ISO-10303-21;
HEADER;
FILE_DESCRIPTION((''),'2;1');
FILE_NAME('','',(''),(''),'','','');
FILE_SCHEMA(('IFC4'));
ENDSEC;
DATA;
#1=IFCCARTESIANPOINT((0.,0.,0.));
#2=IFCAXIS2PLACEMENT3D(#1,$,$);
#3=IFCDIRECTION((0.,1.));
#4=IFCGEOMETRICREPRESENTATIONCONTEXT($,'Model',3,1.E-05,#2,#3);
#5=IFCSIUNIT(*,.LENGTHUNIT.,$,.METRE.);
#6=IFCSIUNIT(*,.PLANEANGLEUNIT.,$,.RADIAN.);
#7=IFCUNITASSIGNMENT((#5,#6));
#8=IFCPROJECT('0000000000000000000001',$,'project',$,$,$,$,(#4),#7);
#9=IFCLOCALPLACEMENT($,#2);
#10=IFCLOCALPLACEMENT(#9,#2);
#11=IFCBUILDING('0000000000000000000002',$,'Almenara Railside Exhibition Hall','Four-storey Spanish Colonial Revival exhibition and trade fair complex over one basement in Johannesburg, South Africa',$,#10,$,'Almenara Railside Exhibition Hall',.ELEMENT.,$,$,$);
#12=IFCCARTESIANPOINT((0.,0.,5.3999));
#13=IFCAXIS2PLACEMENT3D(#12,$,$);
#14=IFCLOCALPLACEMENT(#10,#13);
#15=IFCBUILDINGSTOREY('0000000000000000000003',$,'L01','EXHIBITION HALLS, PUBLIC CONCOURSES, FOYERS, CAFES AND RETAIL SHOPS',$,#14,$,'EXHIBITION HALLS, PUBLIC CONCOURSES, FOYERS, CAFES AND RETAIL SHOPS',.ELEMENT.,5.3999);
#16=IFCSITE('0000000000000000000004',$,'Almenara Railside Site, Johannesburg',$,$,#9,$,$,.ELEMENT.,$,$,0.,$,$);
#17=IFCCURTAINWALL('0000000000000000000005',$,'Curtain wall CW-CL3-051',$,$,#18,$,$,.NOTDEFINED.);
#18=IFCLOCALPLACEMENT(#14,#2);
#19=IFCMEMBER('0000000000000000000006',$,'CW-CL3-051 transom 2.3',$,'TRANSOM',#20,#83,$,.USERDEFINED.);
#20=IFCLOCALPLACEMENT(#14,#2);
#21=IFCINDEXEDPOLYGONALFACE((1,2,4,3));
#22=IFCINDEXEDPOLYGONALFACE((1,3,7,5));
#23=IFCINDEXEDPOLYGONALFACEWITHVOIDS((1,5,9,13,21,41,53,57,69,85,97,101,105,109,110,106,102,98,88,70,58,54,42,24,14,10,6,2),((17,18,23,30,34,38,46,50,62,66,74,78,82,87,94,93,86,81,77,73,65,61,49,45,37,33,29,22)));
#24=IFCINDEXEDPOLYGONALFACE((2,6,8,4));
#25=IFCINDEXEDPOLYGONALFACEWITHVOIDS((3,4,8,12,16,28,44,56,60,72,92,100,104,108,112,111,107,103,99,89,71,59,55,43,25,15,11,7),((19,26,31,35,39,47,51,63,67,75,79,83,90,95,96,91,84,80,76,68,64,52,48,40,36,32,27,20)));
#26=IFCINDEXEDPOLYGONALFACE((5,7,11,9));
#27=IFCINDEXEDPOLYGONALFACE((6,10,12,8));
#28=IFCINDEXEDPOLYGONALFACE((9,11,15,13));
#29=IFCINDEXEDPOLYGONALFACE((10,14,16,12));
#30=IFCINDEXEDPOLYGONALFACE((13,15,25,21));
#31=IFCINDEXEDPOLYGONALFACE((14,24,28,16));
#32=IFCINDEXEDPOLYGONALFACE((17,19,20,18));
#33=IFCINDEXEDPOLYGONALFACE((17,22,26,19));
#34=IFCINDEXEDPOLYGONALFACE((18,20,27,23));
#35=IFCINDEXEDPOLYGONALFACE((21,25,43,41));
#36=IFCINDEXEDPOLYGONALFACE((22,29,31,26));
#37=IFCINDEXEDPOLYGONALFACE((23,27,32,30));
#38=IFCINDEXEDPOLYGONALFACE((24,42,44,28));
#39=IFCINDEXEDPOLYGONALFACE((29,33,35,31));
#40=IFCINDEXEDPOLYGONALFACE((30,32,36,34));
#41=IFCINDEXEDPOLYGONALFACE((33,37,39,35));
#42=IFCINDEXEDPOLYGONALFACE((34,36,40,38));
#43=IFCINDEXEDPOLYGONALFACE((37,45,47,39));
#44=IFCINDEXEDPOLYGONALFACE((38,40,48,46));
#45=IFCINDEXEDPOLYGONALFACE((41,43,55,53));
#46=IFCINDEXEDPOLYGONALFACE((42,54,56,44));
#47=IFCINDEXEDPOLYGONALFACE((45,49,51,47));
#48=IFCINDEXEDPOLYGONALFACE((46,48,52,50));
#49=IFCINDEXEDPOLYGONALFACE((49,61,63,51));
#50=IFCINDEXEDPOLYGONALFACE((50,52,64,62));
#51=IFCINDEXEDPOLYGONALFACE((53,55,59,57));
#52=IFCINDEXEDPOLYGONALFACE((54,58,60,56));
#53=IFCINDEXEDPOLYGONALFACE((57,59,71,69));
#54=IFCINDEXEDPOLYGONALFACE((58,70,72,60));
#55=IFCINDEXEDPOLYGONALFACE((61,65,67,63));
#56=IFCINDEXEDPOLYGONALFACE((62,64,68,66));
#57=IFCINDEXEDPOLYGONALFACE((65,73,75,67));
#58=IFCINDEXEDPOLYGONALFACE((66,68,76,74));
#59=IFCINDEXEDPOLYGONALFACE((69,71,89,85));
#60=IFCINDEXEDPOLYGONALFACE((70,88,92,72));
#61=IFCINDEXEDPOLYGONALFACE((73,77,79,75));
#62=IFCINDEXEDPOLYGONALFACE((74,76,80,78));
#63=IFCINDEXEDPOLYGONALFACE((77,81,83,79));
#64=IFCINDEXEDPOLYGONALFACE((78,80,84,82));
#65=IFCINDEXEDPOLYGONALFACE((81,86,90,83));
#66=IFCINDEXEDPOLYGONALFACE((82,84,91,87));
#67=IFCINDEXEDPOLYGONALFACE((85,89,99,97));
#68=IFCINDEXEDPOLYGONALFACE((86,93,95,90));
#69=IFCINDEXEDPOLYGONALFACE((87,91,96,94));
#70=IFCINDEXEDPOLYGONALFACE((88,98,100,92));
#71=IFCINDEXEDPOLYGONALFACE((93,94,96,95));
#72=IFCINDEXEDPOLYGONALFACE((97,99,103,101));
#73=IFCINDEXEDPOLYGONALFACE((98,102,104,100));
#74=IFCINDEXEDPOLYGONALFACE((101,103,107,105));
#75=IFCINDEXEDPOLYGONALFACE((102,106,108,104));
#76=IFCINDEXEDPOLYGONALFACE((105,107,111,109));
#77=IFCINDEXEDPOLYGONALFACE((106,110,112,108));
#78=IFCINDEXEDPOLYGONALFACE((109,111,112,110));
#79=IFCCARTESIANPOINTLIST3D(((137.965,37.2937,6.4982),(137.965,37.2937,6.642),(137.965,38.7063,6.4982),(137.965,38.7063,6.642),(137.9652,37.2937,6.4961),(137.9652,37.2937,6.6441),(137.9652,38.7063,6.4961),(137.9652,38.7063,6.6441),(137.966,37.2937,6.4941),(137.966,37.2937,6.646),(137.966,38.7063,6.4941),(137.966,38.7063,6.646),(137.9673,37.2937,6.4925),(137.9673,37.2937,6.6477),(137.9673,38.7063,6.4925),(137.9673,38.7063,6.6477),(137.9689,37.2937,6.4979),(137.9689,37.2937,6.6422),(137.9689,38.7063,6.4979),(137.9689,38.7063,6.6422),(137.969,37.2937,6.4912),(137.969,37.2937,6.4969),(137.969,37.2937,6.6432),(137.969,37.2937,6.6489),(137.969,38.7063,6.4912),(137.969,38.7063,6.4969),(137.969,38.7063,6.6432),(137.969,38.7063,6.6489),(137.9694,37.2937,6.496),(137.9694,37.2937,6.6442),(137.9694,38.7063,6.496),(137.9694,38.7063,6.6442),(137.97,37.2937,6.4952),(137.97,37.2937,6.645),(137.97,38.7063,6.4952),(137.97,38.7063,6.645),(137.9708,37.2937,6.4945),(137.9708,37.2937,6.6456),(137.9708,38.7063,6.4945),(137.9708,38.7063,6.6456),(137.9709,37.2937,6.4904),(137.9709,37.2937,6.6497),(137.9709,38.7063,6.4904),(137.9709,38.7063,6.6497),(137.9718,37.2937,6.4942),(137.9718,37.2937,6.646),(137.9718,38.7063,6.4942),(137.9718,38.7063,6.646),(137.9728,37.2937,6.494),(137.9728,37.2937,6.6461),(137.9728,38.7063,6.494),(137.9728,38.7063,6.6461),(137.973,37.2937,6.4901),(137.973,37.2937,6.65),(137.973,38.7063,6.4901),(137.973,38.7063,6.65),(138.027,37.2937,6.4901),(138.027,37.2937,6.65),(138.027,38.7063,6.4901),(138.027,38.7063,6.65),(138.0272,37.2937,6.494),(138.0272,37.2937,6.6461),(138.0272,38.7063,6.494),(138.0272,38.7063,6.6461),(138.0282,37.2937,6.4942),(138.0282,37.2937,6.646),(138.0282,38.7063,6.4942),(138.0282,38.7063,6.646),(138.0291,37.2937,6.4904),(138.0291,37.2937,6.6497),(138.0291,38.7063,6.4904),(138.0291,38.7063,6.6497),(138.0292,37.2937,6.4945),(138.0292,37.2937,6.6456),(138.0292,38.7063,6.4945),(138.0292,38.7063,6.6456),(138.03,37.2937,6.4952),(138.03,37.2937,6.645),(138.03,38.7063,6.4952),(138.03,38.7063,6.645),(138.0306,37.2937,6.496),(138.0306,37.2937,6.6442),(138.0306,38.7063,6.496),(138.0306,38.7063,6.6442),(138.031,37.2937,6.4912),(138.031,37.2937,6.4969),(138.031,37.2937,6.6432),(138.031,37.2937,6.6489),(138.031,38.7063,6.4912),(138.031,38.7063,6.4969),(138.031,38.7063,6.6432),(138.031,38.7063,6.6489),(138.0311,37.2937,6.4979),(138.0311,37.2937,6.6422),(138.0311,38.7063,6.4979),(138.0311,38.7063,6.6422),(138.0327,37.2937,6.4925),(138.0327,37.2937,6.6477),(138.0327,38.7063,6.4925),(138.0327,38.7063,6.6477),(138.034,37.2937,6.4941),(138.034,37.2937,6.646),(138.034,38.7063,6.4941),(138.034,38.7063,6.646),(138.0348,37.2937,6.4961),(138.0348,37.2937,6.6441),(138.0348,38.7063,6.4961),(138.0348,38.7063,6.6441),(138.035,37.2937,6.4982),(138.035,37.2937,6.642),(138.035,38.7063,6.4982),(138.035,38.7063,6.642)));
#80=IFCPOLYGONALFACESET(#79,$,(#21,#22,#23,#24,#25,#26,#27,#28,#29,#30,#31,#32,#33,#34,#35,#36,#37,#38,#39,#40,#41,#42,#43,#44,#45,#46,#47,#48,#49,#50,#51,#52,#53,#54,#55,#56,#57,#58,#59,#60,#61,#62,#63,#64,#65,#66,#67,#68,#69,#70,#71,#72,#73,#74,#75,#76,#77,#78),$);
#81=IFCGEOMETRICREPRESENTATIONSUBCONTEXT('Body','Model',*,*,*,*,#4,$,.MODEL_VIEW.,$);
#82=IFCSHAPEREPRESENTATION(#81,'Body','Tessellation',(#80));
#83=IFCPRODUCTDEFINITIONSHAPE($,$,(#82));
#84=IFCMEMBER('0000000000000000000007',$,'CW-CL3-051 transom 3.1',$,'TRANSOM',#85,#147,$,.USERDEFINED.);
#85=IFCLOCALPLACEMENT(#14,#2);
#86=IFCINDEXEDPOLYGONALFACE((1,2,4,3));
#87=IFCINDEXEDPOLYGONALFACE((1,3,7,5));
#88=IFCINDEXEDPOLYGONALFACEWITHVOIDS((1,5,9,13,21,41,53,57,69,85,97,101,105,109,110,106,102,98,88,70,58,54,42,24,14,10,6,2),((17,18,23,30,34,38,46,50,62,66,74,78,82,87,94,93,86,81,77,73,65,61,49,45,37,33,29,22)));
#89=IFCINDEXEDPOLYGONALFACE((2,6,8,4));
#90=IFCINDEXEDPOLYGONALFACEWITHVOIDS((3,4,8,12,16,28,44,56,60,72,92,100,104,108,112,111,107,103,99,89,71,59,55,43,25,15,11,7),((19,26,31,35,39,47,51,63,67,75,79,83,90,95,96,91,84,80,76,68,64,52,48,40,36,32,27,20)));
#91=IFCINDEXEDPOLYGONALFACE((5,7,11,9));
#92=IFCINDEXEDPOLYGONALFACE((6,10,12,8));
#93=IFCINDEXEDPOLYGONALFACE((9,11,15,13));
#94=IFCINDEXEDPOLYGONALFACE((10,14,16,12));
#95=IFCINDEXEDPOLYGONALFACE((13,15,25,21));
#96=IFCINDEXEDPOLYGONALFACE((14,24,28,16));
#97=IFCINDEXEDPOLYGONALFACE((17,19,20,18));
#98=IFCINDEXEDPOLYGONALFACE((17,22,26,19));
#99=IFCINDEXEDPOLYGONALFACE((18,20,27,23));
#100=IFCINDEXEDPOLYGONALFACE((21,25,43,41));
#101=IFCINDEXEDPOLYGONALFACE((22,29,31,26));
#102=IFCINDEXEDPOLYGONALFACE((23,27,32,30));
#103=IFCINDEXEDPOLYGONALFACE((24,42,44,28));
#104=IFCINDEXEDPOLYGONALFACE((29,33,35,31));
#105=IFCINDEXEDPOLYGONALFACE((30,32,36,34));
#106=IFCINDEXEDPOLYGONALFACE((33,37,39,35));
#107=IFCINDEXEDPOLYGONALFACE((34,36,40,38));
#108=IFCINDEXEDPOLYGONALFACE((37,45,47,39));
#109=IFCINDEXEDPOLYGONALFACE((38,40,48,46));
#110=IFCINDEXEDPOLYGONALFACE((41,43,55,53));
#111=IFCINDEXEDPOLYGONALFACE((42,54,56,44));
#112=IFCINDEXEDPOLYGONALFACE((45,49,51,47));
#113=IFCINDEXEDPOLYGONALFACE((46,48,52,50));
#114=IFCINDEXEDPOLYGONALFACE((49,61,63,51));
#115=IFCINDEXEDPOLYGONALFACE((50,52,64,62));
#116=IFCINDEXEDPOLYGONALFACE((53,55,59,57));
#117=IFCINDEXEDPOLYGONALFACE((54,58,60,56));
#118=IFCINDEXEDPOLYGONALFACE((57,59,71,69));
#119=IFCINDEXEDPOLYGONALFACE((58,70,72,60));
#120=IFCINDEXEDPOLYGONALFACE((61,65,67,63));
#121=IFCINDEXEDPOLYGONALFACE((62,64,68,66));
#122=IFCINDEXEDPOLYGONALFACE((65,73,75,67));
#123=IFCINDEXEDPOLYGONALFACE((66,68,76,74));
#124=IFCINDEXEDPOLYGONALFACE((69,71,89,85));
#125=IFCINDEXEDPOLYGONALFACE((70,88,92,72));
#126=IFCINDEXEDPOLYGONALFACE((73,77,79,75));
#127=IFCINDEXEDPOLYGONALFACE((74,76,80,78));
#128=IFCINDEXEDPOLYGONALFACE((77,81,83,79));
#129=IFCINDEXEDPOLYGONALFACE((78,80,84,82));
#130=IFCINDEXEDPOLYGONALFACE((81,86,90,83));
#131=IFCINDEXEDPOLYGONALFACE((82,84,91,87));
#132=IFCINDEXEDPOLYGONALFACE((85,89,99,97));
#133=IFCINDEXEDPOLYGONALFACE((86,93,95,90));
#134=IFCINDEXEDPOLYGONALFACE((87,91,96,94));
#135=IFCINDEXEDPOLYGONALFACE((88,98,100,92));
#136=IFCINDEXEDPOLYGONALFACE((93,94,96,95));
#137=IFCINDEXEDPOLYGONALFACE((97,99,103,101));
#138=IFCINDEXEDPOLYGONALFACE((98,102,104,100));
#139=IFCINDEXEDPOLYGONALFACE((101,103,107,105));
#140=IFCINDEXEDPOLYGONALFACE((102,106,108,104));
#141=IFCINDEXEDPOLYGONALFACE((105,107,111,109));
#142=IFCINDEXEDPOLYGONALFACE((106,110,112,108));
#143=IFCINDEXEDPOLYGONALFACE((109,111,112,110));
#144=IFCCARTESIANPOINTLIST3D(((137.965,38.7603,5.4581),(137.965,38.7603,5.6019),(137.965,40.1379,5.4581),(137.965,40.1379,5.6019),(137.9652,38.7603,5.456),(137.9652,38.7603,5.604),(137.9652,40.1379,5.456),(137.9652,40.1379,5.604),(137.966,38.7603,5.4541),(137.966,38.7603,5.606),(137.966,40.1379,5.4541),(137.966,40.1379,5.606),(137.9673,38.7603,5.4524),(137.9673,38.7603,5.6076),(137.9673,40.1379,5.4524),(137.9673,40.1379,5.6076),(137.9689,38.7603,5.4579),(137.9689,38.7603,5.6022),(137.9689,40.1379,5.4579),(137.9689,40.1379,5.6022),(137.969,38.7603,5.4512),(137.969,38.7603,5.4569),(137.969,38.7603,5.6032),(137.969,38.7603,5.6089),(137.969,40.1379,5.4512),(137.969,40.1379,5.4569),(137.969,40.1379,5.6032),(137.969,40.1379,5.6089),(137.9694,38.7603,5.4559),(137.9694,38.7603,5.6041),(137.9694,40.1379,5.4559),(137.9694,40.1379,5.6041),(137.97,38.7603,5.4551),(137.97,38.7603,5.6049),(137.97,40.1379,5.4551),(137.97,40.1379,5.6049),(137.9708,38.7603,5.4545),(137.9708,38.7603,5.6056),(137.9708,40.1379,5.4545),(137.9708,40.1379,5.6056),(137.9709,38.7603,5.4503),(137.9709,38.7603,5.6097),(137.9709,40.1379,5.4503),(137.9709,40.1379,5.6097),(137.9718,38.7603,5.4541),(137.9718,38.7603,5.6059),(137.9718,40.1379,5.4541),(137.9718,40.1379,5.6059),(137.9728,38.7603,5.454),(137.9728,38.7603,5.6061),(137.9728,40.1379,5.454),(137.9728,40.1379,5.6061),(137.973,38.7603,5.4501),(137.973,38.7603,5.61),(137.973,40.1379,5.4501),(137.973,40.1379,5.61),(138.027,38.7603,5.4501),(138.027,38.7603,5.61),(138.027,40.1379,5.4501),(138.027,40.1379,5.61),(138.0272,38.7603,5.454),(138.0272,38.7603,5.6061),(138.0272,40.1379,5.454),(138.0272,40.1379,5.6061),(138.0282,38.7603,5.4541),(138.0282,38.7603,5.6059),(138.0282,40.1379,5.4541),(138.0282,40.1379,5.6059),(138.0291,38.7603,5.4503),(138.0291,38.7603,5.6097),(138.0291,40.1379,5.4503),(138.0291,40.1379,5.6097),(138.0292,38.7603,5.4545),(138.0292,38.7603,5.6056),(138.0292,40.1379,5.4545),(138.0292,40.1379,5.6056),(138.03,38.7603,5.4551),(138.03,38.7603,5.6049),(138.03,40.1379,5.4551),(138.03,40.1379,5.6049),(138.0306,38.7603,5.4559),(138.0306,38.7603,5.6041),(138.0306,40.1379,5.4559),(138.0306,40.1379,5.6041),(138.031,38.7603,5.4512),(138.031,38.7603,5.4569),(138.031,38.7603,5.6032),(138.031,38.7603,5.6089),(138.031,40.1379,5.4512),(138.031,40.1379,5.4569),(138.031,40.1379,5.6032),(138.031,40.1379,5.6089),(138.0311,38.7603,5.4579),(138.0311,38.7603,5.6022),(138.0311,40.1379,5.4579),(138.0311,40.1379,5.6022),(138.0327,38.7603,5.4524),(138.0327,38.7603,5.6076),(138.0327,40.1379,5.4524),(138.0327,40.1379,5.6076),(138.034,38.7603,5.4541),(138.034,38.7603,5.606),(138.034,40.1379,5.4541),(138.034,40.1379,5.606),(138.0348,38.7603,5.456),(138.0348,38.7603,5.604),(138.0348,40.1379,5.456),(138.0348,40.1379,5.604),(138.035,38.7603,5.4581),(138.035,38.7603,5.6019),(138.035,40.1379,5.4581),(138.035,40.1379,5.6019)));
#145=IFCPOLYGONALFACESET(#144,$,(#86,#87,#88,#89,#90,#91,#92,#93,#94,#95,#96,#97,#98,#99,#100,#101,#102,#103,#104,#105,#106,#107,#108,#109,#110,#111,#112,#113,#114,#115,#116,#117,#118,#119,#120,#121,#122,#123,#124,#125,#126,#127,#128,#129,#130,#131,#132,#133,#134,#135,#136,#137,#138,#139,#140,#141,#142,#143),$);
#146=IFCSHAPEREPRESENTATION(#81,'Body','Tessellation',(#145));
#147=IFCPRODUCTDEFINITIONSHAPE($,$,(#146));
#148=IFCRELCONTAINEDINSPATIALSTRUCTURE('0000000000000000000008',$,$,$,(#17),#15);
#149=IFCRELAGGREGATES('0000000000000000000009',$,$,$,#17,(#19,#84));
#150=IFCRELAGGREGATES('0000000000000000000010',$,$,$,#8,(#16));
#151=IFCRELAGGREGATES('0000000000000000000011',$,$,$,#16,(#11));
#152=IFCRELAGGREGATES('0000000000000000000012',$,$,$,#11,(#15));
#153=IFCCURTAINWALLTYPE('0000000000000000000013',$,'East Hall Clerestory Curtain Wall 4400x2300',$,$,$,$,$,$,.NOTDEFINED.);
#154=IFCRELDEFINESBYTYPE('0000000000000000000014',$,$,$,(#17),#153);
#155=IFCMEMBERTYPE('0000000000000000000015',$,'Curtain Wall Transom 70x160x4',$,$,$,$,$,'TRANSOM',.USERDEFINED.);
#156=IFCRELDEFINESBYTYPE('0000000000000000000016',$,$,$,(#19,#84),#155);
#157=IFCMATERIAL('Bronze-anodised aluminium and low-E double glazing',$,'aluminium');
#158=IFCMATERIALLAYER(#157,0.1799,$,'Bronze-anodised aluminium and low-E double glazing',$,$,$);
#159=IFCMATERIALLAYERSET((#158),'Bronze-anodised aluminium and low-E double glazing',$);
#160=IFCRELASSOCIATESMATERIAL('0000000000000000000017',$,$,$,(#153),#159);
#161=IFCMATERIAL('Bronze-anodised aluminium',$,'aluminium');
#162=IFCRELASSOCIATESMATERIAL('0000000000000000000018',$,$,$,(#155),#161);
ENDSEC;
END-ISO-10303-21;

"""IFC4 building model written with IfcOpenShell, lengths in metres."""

from ifc_helpers import new_model, si_unit, direction, frame, origin, origin_2d, place, context, subcontext, project, spatial, hollow_rectangle, extrude, material, layer, layer_set, material_profile, profile_set, type_object, element, aggregate, save


model = new_model("IFC4")

# Units and contexts
model_context = context("Model", 3, precision=1e-05, world=origin(), true_north=direction((0.0, 1.0)))
body_context = subcontext(model_context, "Body", "Model", "MODEL_VIEW")
ifc_project = project(units=[si_unit("LENGTHUNIT", "METRE"), si_unit("PLANEANGLEUNIT", "RADIAN")], contexts=[model_context])

# Site, building, storey
site_placement = place(None, origin())
site = spatial("IfcSite", under=ifc_project, at=site_placement, Name="Almenara Railside Site, Johannesburg", CompositionType="ELEMENT", RefElevation=0.0)
building_placement = place(site_placement, origin())
building = spatial("IfcBuilding", under=site, at=building_placement, Name="Almenara Railside Exhibition Hall", Description="Four-storey Spanish Colonial Revival exhibition and trade fair complex over one basement in Johannesburg, South Africa", LongName="Almenara Railside Exhibition Hall", CompositionType="ELEMENT")
storey_placement = place(building_placement, frame((0.0, 0.0, 5.3999)))
storey = spatial("IfcBuildingStorey", under=building, at=storey_placement, Name="L01", Description="EXHIBITION HALLS, PUBLIC CONCOURSES, FOYERS, CAFES AND RETAIL SHOPS", LongName="EXHIBITION HALLS, PUBLIC CONCOURSES, FOYERS, CAFES AND RETAIL SHOPS", CompositionType="ELEMENT", Elevation=5.3999)

# Shared definitions
ifc_material_1 = material(Name="Bronze-anodised aluminium and low-E double glazing", Category="aluminium")
ifc_layer_1 = layer(ifc_material_1, 0.1799, Name="Bronze-anodised aluminium and low-E double glazing")
ifc_layer_set_1 = layer_set([ifc_layer_1], Name="Bronze-anodised aluminium and low-E double glazing")
curtain_wall_type = type_object("IfcCurtainWallType", Name="East Hall Clerestory Curtain Wall 4400x2300", PredefinedType="NOTDEFINED", material=ifc_layer_set_1)
ifc_material_2 = material(Name="Bronze-anodised aluminium", Category="aluminium")

# Curtain wall, members
curtain_wall_1_placement = place(storey_placement, origin())
curtain_wall_1 = element("IfcCurtainWall", 1, at=curtain_wall_1_placement, inside=storey, type_object=curtain_wall_type, Name="Curtain wall CW-CL3-051", PredefinedType="NOTDEFINED")
ifc_material_profile_1 = material_profile(ifc_material_2, hollow_rectangle(XDim=0.0701, YDim=0.1599, WallThickness=0.0039, InnerFilletRadius=0.0039, OuterFilletRadius=0.0081, at=origin_2d()), Name="ALU-TRN 70x160x4")
ifc_profile_set_1 = profile_set([ifc_material_profile_1], Name="Bronze-anodised aluminium")
member_type_1 = type_object("IfcMemberType", Name="Curtain Wall Transom 70x160x4", ElementType="TRANSOM", PredefinedType="USERDEFINED", material=ifc_profile_set_1)
member_1_placement = place(storey_placement, frame((138.0, 37.2937, 6.5701), z_axis=(0.0, 1.0, 0.0), x_axis=(-1.0, 0.0, 0.0)))
member_1 = element("IfcMember", 2, at=member_1_placement, type_object=member_type_1, Name="CW-CL3-051 transom 2.3", ObjectType="TRANSOM", PredefinedType="USERDEFINED", context=body_context, shape_type="SweptSolid", body=[
    extrude(hollow_rectangle(XDim=0.0701, YDim=0.1599, WallThickness=0.0039, InnerFilletRadius=0.0039, OuterFilletRadius=0.0081, at=origin_2d()), origin(), (0.0, 0.0, 1.0), 1.4126),
])
member_2_placement = place(storey_placement, frame((138.0, 38.7603, 5.53), z_axis=(0.0, 1.0, 0.0), x_axis=(-1.0, 0.0, 0.0)))
member_2 = element("IfcMember", 3, at=member_2_placement, type_object=member_type_1, Name="CW-CL3-051 transom 3.1", ObjectType="TRANSOM", PredefinedType="USERDEFINED", context=body_context, shape_type="SweptSolid", body=[
    extrude(hollow_rectangle(XDim=0.0701, YDim=0.1599, WallThickness=0.0039, InnerFilletRadius=0.0039, OuterFilletRadius=0.0081, at=origin_2d()), origin(), (0.0, 0.0, 1.0), 1.3777),
])

aggregate(curtain_wall_1, [member_1, member_2])

save(model, "model.ifc")
